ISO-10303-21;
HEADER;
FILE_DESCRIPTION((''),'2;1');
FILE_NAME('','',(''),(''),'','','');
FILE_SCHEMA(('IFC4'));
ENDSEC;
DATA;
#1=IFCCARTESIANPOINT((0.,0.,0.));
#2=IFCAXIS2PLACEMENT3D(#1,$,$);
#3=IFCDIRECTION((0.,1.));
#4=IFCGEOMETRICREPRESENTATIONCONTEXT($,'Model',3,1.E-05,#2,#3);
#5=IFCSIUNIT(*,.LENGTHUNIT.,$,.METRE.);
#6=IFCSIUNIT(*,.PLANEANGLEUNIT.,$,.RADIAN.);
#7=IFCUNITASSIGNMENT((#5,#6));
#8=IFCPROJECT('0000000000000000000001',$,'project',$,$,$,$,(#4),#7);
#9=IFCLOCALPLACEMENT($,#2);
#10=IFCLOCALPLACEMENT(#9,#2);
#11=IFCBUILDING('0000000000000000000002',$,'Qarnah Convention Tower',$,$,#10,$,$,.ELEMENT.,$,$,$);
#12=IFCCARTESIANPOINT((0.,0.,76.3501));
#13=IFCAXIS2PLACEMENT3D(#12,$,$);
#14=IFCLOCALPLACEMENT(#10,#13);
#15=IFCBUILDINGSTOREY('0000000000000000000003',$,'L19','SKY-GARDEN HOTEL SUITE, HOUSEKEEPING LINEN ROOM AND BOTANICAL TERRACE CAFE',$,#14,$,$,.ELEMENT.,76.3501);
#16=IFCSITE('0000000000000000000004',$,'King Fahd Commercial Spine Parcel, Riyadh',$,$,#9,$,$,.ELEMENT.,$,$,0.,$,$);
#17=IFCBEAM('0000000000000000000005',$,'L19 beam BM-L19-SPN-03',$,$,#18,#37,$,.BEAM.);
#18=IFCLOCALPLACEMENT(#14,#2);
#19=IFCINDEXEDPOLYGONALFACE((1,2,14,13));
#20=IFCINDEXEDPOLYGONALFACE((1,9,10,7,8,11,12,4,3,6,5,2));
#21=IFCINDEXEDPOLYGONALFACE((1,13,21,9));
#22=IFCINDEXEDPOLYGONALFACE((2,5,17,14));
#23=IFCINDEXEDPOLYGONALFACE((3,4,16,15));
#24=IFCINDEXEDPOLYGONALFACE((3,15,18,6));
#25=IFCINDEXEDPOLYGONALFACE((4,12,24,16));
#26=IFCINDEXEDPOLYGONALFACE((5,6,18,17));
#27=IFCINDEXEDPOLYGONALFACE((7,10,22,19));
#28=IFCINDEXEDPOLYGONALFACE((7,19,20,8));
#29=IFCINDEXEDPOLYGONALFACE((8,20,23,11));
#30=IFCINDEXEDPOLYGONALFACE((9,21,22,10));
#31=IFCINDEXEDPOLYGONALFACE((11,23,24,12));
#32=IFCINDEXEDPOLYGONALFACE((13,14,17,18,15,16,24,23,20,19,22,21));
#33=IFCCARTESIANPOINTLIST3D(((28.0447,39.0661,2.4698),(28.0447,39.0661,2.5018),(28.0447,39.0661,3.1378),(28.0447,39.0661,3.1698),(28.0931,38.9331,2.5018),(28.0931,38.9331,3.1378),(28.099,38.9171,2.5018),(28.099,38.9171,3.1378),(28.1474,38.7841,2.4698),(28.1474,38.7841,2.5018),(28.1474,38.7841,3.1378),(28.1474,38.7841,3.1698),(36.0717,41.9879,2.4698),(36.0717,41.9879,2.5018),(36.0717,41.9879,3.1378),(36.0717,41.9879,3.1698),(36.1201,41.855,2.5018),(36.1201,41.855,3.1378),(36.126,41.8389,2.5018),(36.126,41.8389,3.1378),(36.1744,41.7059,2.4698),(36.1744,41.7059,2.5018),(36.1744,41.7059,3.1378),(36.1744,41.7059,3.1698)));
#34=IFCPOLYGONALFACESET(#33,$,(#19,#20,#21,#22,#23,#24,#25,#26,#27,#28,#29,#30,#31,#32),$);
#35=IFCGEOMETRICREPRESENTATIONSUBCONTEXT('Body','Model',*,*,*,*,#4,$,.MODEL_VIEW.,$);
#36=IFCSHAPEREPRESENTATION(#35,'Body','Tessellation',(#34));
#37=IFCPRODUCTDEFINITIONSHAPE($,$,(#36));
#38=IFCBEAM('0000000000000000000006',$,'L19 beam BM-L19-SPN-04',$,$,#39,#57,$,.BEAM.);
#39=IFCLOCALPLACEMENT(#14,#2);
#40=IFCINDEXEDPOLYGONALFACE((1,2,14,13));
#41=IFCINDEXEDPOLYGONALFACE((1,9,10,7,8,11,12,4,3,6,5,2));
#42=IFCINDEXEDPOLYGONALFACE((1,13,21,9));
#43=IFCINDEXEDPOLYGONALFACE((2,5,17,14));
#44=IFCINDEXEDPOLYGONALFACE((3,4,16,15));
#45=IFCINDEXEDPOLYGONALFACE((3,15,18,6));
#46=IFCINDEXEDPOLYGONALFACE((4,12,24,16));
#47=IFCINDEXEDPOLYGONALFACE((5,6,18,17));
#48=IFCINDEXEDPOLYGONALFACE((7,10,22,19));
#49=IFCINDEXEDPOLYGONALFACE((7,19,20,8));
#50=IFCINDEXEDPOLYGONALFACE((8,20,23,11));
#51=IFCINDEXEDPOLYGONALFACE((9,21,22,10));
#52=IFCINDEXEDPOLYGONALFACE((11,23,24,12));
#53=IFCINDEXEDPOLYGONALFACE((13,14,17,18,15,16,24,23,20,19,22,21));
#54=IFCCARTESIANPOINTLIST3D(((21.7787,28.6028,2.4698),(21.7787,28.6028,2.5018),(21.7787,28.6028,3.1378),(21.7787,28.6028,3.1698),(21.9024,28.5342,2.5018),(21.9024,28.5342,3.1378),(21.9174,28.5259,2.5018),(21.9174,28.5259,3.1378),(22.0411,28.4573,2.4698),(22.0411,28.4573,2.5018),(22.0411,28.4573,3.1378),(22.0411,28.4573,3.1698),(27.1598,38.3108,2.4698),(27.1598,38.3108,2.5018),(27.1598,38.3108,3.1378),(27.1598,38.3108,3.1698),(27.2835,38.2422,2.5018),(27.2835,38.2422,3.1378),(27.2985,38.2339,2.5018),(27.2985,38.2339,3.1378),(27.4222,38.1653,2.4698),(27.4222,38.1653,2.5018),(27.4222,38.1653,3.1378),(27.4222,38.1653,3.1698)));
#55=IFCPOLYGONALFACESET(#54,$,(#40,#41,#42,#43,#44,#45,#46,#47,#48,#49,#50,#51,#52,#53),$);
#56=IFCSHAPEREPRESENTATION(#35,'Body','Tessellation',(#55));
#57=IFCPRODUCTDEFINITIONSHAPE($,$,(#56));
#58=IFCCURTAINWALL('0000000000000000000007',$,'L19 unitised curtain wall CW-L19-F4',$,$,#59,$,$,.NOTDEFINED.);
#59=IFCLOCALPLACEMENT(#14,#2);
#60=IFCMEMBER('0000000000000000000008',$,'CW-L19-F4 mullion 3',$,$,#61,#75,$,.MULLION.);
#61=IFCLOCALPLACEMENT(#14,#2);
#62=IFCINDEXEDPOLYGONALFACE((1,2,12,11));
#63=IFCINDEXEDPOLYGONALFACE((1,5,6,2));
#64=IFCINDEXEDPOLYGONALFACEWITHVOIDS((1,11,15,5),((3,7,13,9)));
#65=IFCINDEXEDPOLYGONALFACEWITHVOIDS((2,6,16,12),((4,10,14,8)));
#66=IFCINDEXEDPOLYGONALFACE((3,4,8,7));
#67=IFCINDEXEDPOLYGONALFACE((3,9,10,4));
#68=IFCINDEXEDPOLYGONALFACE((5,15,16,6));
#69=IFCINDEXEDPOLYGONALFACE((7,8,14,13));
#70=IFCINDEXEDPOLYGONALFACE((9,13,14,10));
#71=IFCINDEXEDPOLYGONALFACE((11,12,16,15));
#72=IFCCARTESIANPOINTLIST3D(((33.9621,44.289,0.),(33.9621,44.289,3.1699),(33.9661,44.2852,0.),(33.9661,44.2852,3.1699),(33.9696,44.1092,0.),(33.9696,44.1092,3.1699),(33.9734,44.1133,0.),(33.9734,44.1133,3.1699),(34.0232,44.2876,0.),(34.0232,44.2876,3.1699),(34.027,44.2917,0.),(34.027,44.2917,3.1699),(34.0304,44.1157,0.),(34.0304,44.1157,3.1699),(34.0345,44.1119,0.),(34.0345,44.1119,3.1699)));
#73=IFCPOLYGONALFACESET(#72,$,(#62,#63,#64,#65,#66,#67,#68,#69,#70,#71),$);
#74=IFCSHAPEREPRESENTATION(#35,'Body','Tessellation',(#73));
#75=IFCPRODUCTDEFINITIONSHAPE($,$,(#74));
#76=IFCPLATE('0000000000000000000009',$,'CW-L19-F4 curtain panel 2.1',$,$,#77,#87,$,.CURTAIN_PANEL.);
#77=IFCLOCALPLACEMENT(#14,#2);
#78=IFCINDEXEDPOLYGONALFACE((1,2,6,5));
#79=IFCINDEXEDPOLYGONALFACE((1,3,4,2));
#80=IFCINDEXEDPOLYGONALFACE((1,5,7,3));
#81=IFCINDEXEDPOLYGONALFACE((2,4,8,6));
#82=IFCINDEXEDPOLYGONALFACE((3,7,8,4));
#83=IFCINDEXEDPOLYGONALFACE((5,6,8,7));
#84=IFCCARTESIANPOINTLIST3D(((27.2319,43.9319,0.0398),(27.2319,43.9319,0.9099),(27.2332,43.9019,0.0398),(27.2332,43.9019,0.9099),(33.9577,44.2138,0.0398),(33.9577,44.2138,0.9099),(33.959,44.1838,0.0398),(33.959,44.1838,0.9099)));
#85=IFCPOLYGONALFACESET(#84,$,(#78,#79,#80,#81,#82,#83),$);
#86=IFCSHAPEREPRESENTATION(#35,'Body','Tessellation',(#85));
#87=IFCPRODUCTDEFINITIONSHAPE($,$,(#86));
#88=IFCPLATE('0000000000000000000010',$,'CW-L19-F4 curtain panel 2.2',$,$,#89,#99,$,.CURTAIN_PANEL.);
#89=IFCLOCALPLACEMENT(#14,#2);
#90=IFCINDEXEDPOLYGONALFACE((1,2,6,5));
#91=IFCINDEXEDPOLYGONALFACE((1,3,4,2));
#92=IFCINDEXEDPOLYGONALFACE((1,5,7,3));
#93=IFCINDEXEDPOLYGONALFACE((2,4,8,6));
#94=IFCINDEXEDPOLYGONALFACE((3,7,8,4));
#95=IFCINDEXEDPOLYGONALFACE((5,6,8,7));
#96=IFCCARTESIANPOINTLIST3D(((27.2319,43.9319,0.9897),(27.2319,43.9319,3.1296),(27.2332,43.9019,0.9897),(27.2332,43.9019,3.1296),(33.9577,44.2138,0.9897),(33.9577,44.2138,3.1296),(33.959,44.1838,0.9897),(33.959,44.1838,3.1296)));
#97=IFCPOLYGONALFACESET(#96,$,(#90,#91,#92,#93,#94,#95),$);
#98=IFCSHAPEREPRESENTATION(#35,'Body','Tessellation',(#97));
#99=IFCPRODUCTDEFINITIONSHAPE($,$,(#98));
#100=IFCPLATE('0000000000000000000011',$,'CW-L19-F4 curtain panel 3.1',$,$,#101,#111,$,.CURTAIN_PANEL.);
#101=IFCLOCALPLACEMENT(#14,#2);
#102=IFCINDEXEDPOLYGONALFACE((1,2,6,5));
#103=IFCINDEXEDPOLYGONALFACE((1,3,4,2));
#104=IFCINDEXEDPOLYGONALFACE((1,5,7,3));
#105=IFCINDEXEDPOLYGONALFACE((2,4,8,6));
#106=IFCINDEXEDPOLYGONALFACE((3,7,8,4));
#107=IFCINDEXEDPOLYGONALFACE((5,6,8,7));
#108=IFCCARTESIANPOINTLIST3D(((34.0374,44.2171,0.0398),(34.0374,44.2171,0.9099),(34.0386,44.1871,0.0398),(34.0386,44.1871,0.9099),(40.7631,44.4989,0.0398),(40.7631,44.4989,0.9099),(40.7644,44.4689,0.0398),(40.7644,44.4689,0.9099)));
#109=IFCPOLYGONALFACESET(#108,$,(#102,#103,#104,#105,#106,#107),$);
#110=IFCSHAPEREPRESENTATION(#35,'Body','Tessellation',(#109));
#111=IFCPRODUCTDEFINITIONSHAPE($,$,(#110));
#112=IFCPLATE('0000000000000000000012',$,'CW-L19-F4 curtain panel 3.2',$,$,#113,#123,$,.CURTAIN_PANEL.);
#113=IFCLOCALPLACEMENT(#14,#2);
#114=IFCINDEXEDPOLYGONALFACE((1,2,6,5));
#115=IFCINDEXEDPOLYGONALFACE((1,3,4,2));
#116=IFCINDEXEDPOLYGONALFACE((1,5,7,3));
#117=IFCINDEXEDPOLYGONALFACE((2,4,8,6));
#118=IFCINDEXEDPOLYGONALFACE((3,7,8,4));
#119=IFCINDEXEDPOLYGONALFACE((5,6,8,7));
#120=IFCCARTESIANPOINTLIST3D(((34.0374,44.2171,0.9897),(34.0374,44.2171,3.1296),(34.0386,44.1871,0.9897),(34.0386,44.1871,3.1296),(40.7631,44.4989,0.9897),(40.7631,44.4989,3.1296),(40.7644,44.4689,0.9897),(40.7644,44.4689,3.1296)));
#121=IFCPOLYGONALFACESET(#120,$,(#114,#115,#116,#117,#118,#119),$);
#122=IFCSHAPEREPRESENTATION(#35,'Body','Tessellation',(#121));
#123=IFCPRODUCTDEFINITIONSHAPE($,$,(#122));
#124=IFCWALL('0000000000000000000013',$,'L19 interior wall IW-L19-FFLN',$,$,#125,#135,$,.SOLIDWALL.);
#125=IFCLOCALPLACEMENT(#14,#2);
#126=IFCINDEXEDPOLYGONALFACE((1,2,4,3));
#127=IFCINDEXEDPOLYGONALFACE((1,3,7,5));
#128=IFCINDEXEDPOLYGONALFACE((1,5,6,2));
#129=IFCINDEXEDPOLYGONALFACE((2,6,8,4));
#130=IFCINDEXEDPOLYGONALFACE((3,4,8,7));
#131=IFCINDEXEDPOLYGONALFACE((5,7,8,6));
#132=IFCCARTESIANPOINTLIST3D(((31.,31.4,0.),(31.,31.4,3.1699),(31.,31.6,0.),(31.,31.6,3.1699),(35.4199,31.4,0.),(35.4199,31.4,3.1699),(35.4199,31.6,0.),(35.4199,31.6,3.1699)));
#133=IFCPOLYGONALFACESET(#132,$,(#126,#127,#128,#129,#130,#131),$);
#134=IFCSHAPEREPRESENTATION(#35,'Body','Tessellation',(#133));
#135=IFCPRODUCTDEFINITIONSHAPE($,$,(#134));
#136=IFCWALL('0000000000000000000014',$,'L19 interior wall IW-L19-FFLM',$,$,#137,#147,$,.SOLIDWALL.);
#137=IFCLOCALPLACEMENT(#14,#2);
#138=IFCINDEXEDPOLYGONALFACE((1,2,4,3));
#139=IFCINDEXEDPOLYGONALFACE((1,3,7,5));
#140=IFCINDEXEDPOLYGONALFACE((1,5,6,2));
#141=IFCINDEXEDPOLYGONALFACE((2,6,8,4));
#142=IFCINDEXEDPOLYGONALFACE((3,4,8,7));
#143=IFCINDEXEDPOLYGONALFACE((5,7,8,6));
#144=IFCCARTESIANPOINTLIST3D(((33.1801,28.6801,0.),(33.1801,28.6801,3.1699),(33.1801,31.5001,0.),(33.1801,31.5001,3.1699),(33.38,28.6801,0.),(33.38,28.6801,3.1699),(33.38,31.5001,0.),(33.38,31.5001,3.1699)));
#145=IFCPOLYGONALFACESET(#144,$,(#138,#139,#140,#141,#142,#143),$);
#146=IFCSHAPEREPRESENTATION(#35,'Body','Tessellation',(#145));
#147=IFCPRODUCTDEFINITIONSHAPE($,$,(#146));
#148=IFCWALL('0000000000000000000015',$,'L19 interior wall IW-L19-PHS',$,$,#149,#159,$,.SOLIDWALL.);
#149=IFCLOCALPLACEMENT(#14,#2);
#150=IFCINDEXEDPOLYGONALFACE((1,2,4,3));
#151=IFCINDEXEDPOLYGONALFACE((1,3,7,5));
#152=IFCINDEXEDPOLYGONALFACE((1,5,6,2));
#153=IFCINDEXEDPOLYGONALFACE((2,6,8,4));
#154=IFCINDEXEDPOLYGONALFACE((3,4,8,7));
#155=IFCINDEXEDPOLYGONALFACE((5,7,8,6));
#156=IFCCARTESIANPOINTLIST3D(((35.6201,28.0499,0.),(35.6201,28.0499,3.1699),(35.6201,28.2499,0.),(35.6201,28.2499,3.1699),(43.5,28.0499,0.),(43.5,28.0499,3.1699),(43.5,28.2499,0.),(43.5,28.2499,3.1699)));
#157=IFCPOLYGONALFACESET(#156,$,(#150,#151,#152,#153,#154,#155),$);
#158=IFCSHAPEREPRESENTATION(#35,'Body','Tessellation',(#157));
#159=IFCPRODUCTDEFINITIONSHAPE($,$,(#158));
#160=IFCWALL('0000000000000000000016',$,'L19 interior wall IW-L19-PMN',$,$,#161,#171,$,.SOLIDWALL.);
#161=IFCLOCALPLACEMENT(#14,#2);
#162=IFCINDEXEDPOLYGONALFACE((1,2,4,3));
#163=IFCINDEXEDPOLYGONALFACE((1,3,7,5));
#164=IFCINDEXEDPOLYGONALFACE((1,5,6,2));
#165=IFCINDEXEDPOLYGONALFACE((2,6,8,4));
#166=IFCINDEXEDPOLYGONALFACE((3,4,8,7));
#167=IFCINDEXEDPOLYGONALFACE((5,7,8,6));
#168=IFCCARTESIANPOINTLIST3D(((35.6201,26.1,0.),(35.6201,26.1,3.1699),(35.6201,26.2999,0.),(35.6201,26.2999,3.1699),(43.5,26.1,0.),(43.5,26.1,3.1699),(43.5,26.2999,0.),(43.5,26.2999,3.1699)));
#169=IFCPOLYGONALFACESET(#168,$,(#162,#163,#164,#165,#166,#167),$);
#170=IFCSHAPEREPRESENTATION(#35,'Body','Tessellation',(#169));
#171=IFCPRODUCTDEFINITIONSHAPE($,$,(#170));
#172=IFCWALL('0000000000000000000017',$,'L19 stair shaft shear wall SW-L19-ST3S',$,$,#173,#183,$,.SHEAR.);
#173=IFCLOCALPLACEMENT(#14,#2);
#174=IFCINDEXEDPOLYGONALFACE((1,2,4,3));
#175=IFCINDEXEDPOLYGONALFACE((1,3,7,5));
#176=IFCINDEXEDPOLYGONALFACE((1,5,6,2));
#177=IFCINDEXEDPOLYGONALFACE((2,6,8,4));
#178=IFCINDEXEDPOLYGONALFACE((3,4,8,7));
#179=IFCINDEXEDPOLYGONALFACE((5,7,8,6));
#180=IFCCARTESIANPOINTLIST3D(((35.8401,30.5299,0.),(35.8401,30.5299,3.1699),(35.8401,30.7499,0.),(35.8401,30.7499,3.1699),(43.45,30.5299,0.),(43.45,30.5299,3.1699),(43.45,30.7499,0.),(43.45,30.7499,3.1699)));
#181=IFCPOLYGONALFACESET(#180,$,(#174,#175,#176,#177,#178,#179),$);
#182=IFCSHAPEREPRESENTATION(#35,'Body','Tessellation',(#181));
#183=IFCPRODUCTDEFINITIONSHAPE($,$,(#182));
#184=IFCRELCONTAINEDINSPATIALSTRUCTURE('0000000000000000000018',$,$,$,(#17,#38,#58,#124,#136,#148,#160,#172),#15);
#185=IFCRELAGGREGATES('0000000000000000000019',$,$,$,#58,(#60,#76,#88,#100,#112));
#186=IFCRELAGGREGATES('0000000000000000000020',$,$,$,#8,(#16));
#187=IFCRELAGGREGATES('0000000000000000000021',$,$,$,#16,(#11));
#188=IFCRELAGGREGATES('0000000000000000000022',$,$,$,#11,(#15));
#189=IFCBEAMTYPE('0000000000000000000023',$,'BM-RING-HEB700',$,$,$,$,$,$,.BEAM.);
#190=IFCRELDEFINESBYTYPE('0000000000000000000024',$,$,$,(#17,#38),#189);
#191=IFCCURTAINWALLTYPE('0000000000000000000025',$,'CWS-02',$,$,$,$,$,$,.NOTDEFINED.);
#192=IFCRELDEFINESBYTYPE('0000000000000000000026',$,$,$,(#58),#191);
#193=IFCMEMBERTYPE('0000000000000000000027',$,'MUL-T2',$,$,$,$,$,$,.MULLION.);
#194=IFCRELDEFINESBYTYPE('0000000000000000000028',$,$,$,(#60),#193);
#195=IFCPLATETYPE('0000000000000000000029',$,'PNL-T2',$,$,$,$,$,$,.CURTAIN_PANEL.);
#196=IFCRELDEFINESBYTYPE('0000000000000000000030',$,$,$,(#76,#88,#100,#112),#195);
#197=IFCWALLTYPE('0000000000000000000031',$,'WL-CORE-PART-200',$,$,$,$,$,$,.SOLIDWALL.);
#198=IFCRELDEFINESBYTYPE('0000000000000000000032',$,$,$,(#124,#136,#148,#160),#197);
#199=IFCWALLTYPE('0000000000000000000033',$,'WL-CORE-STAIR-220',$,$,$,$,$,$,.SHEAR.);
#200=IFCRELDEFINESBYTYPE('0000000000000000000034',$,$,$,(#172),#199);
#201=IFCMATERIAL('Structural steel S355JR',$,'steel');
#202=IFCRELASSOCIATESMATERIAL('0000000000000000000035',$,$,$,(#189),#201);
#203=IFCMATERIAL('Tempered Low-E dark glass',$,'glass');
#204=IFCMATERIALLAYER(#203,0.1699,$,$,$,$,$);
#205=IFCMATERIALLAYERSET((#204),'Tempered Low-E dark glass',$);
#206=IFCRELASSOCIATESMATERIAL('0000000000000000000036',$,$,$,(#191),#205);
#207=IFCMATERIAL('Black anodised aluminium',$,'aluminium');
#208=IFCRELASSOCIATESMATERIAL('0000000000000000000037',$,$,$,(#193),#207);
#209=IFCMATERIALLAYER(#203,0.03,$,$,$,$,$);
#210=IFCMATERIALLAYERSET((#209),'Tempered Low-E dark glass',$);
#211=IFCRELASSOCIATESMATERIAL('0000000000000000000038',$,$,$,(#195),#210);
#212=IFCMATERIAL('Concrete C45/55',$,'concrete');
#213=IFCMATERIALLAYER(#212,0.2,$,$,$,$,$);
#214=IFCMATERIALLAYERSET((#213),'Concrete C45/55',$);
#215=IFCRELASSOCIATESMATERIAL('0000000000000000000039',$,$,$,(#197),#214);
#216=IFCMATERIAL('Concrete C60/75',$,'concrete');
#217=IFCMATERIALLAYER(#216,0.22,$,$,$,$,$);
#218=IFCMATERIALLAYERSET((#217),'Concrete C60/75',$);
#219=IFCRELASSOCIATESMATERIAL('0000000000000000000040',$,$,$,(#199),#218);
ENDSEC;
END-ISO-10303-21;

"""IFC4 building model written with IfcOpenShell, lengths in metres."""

from ifc_helpers import new_model, si_unit, direction, frame, frame_2d, origin, origin_2d, place, context, subcontext, project, spatial, rectangle, hollow_rectangle, i_section, extrude, material, layer, layer_set, material_profile, profile_set, type_object, element, aggregate, save


model = new_model("IFC4")

# Units and contexts
model_context = context("Model", 3, precision=1e-05, world=origin(), true_north=direction((0.0, 1.0)))
body_context = subcontext(model_context, "Body", "Model", "MODEL_VIEW")
ifc_project = project(units=[si_unit("LENGTHUNIT", "METRE"), si_unit("PLANEANGLEUNIT", "RADIAN")], contexts=[model_context])

# Site, building, storey
site_placement = place(None, origin())
site = spatial("IfcSite", under=ifc_project, at=site_placement, Name="King Fahd Commercial Spine Parcel, Riyadh", CompositionType="ELEMENT", RefElevation=0.0)
building_placement = place(site_placement, origin())
building = spatial("IfcBuilding", under=site, at=building_placement, Name="Qarnah Convention Tower", CompositionType="ELEMENT")
storey_placement = place(building_placement, frame((0.0, 0.0, 76.3501)))
storey = spatial("IfcBuildingStorey", under=building, at=storey_placement, Name="L19", Description="SKY-GARDEN HOTEL SUITE, HOUSEKEEPING LINEN ROOM AND BOTANICAL TERRACE CAFE", CompositionType="ELEMENT", Elevation=76.3501)

# Shared definitions
ifc_material_1 = material(Name="Concrete C60/75", Category="concrete")

# Beams
ifc_material_2 = material(Name="Structural steel S355JR", Category="steel")
ifc_material_profile_1 = material_profile(ifc_material_2, i_section(OverallWidth=0.3, OverallDepth=0.7, WebThickness=0.0171, FlangeThickness=0.032, at=origin_2d()), Name="HEB700")
ifc_profile_set_1 = profile_set([ifc_material_profile_1], Name="Structural steel S355JR")
beam_type_1 = type_object("IfcBeamType", Name="BM-RING-HEB700", PredefinedType="BEAM", material=ifc_profile_set_1)
beam_1_placement = place(storey_placement, frame((36.123, 41.8469, 2.8198), z_axis=(-0.939683, -0.342046, 0.0), x_axis=(0.342046, -0.939683, 0.0)))
element("IfcBeam", 1, at=beam_1_placement, inside=storey, type_object=beam_type_1, Name="L19 beam BM-L19-SPN-03", PredefinedType="BEAM", context=body_context, shape_type="SweptSolid", body=[
    extrude(i_section(OverallWidth=0.3, OverallDepth=0.7, WebThickness=0.0171, FlangeThickness=0.032, at=origin_2d()), origin(), (0.0, 0.0, 1.0), 8.5422),
])
beam_2_placement = place(storey_placement, frame((27.291, 38.238, 2.8198), z_axis=(-0.4848, -0.874625, 0.0), x_axis=(0.874625, -0.4848, 0.0)))
element("IfcBeam", 2, at=beam_2_placement, inside=storey, type_object=beam_type_1, Name="L19 beam BM-L19-SPN-04", PredefinedType="BEAM", context=body_context, shape_type="SweptSolid", body=[
    extrude(i_section(OverallWidth=0.3, OverallDepth=0.7, WebThickness=0.0171, FlangeThickness=0.032, at=origin_2d()), origin(), (0.0, 0.0, 1.0), 11.0996),
])

# Curtain wall, member, plates
ifc_material_3 = material(Name="Tempered Low-E dark glass", Category="glass")
ifc_layer_1 = layer(ifc_material_3, 0.1699)
ifc_layer_set_1 = layer_set([ifc_layer_1], Name="Tempered Low-E dark glass")
curtain_wall_type = type_object("IfcCurtainWallType", Name="CWS-02", PredefinedType="NOTDEFINED", material=ifc_layer_set_1)
curtain_wall_placement = place(storey_placement, origin())
curtain_wall = element("IfcCurtainWall", 3, at=curtain_wall_placement, inside=storey, type_object=curtain_wall_type, Name="L19 unitised curtain wall CW-L19-F4", PredefinedType="NOTDEFINED")
ifc_material_4 = material(Name="Black anodised aluminium", Category="aluminium")
ifc_material_profile_2 = material_profile(ifc_material_4, hollow_rectangle(XDim=0.0649, YDim=0.1799, WallThickness=0.0039, at=origin_2d()), Name="MUL-65X180")
ifc_profile_set_2 = profile_set([ifc_material_profile_2], Name="Black anodised aluminium")
member_type = type_object("IfcMemberType", Name="MUL-T2", PredefinedType="MULLION", material=ifc_profile_set_2)
member_placement = place(storey_placement, frame((33.9983, 44.2004, 0.0), z_axis=(0.0, 0.0, 1.0), x_axis=(0.999123, 0.04187, 0.0)))
member = element("IfcMember", 4, at=member_placement, type_object=member_type, Name="CW-L19-F4 mullion 3", PredefinedType="MULLION", context=body_context, shape_type="SweptSolid", body=[
    extrude(hollow_rectangle(XDim=0.0649, YDim=0.1799, WallThickness=0.0039, at=origin_2d()), origin(), (0.0, 0.0, 1.0), 3.1699),
])
ifc_layer_2 = layer(ifc_material_3, 0.03)
ifc_layer_set_2 = layer_set([ifc_layer_2], Name="Tempered Low-E dark glass")
plate_type = type_object("IfcPlateType", Name="PNL-T2", PredefinedType="CURTAIN_PANEL", material=ifc_layer_set_2)
plate_1_placement = place(storey_placement, frame((30.5955, 44.0579, 0.0398), z_axis=(0.0, 0.0, 1.0), x_axis=(0.999123, 0.04187, 0.0)))
plate_1 = element("IfcPlate", 5, at=plate_1_placement, type_object=plate_type, Name="CW-L19-F4 curtain panel 2.1", PredefinedType="CURTAIN_PANEL", context=body_context, shape_type="SweptSolid", body=[
    extrude(rectangle(XDim=6.7317, YDim=0.03, at=origin_2d()), origin(), (0.0, 0.0, 1.0), 0.8701),
])
plate_2_placement = place(storey_placement, frame((30.5955, 44.0579, 0.9897), z_axis=(0.0, 0.0, 1.0), x_axis=(0.999123, 0.04187, 0.0)))
plate_2 = element("IfcPlate", 6, at=plate_2_placement, type_object=plate_type, Name="CW-L19-F4 curtain panel 2.2", PredefinedType="CURTAIN_PANEL", context=body_context, shape_type="SweptSolid", body=[
    extrude(rectangle(XDim=6.7317, YDim=0.03, at=origin_2d()), origin(), (0.0, 0.0, 1.0), 2.1399),
])
plate_3_placement = place(storey_placement, frame((37.4009, 44.343, 0.0398), z_axis=(0.0, 0.0, 1.0), x_axis=(0.999123, 0.04187, 0.0)))
plate_3 = element("IfcPlate", 7, at=plate_3_placement, type_object=plate_type, Name="CW-L19-F4 curtain panel 3.1", PredefinedType="CURTAIN_PANEL", context=body_context, shape_type="SweptSolid", body=[
    extrude(rectangle(XDim=6.7317, YDim=0.03, at=origin_2d()), origin(), (0.0, 0.0, 1.0), 0.8701),
])
plate_4_placement = place(storey_placement, frame((37.4009, 44.343, 0.9897), z_axis=(0.0, 0.0, 1.0), x_axis=(0.999123, 0.04187, 0.0)))
plate_4 = element("IfcPlate", 8, at=plate_4_placement, type_object=plate_type, Name="CW-L19-F4 curtain panel 3.2", PredefinedType="CURTAIN_PANEL", context=body_context, shape_type="SweptSolid", body=[
    extrude(rectangle(XDim=6.7317, YDim=0.03, at=origin_2d()), origin(), (0.0, 0.0, 1.0), 2.1399),
])
aggregate(curtain_wall, [member, plate_1, plate_2, plate_3, plate_4])

# Shared definitions
ifc_material_5 = material(Name="Concrete C45/55", Category="concrete")
ifc_layer_3 = layer(ifc_material_5, 0.2)
ifc_layer_set_3 = layer_set([ifc_layer_3], Name="Concrete C45/55")
wall_type_1 = type_object("IfcWallType", Name="WL-CORE-PART-200", PredefinedType="SOLIDWALL", material=ifc_layer_set_3)

# Walls
wall_1_placement = place(storey_placement, frame((31.0, 31.5, 0.0), z_axis=(0.0, 0.0, 1.0), x_axis=(1.0, 0.0, 0.0)))
element("IfcWall", 9, at=wall_1_placement, inside=storey, type_object=wall_type_1, Name="L19 interior wall IW-L19-FFLN", PredefinedType="SOLIDWALL", context=body_context, shape_type="SweptSolid", body=[
    extrude(rectangle(XDim=4.4199, YDim=0.2, at=frame_2d((2.21, 0.0))), origin(), (0.0, 0.0, 1.0), 3.1699),
])
wall_2_placement = place(storey_placement, frame((33.28, 28.6799, 0.0), z_axis=(0.0, 0.0, 1.0), x_axis=(0.0, 1.0, 0.0)))
element("IfcWall", 10, at=wall_2_placement, inside=storey, type_object=wall_type_1, Name="L19 interior wall IW-L19-FFLM", PredefinedType="SOLIDWALL", context=body_context, shape_type="SweptSolid", body=[
    extrude(rectangle(XDim=2.8201, YDim=0.2, at=frame_2d((1.4102, 0.0))), origin(), (0.0, 0.0, 1.0), 3.1699),
])

# Walls
for number, where, z_axis, x_axis, name in (
    (11, (35.6201, 28.1499, 0.0), (0.0, 0.0, 1.0), (1.0, 0.0, 0.0), "L19 interior wall IW-L19-PHS"),
    (12, (35.6201, 26.2, 0.0), (0.0, 0.0, 1.0), (1.0, 0.0, 0.0), "L19 interior wall IW-L19-PMN"),
):
    element("IfcWall", number, at=place(storey_placement, frame(where, z_axis=z_axis, x_axis=x_axis)), inside=storey, type_object=wall_type_1, Name=name, PredefinedType="SOLIDWALL", context=body_context, shape_type="SweptSolid", body=[
        extrude(rectangle(XDim=7.8799, YDim=0.2, at=frame_2d((3.9399, 0.0))), origin(), (0.0, 0.0, 1.0), 3.1699),
    ])
ifc_layer_4 = layer(ifc_material_1, 0.22)
ifc_layer_set_4 = layer_set([ifc_layer_4], Name="Concrete C60/75")
wall_type_2 = type_object("IfcWallType", Name="WL-CORE-STAIR-220", PredefinedType="SHEAR", material=ifc_layer_set_4)
wall_3_placement = place(storey_placement, frame((35.8401, 30.6399, 0.0), z_axis=(0.0, 0.0, 1.0), x_axis=(1.0, 0.0, 0.0)))
element("IfcWall", 13, at=wall_3_placement, inside=storey, type_object=wall_type_2, Name="L19 stair shaft shear wall SW-L19-ST3S", PredefinedType="SHEAR", context=body_context, shape_type="SweptSolid", body=[
    extrude(rectangle(XDim=7.6099, YDim=0.22, at=frame_2d((3.8049, 0.0))), origin(), (0.0, 0.0, 1.0), 3.1699),
])

save(model, "model.ifc")
